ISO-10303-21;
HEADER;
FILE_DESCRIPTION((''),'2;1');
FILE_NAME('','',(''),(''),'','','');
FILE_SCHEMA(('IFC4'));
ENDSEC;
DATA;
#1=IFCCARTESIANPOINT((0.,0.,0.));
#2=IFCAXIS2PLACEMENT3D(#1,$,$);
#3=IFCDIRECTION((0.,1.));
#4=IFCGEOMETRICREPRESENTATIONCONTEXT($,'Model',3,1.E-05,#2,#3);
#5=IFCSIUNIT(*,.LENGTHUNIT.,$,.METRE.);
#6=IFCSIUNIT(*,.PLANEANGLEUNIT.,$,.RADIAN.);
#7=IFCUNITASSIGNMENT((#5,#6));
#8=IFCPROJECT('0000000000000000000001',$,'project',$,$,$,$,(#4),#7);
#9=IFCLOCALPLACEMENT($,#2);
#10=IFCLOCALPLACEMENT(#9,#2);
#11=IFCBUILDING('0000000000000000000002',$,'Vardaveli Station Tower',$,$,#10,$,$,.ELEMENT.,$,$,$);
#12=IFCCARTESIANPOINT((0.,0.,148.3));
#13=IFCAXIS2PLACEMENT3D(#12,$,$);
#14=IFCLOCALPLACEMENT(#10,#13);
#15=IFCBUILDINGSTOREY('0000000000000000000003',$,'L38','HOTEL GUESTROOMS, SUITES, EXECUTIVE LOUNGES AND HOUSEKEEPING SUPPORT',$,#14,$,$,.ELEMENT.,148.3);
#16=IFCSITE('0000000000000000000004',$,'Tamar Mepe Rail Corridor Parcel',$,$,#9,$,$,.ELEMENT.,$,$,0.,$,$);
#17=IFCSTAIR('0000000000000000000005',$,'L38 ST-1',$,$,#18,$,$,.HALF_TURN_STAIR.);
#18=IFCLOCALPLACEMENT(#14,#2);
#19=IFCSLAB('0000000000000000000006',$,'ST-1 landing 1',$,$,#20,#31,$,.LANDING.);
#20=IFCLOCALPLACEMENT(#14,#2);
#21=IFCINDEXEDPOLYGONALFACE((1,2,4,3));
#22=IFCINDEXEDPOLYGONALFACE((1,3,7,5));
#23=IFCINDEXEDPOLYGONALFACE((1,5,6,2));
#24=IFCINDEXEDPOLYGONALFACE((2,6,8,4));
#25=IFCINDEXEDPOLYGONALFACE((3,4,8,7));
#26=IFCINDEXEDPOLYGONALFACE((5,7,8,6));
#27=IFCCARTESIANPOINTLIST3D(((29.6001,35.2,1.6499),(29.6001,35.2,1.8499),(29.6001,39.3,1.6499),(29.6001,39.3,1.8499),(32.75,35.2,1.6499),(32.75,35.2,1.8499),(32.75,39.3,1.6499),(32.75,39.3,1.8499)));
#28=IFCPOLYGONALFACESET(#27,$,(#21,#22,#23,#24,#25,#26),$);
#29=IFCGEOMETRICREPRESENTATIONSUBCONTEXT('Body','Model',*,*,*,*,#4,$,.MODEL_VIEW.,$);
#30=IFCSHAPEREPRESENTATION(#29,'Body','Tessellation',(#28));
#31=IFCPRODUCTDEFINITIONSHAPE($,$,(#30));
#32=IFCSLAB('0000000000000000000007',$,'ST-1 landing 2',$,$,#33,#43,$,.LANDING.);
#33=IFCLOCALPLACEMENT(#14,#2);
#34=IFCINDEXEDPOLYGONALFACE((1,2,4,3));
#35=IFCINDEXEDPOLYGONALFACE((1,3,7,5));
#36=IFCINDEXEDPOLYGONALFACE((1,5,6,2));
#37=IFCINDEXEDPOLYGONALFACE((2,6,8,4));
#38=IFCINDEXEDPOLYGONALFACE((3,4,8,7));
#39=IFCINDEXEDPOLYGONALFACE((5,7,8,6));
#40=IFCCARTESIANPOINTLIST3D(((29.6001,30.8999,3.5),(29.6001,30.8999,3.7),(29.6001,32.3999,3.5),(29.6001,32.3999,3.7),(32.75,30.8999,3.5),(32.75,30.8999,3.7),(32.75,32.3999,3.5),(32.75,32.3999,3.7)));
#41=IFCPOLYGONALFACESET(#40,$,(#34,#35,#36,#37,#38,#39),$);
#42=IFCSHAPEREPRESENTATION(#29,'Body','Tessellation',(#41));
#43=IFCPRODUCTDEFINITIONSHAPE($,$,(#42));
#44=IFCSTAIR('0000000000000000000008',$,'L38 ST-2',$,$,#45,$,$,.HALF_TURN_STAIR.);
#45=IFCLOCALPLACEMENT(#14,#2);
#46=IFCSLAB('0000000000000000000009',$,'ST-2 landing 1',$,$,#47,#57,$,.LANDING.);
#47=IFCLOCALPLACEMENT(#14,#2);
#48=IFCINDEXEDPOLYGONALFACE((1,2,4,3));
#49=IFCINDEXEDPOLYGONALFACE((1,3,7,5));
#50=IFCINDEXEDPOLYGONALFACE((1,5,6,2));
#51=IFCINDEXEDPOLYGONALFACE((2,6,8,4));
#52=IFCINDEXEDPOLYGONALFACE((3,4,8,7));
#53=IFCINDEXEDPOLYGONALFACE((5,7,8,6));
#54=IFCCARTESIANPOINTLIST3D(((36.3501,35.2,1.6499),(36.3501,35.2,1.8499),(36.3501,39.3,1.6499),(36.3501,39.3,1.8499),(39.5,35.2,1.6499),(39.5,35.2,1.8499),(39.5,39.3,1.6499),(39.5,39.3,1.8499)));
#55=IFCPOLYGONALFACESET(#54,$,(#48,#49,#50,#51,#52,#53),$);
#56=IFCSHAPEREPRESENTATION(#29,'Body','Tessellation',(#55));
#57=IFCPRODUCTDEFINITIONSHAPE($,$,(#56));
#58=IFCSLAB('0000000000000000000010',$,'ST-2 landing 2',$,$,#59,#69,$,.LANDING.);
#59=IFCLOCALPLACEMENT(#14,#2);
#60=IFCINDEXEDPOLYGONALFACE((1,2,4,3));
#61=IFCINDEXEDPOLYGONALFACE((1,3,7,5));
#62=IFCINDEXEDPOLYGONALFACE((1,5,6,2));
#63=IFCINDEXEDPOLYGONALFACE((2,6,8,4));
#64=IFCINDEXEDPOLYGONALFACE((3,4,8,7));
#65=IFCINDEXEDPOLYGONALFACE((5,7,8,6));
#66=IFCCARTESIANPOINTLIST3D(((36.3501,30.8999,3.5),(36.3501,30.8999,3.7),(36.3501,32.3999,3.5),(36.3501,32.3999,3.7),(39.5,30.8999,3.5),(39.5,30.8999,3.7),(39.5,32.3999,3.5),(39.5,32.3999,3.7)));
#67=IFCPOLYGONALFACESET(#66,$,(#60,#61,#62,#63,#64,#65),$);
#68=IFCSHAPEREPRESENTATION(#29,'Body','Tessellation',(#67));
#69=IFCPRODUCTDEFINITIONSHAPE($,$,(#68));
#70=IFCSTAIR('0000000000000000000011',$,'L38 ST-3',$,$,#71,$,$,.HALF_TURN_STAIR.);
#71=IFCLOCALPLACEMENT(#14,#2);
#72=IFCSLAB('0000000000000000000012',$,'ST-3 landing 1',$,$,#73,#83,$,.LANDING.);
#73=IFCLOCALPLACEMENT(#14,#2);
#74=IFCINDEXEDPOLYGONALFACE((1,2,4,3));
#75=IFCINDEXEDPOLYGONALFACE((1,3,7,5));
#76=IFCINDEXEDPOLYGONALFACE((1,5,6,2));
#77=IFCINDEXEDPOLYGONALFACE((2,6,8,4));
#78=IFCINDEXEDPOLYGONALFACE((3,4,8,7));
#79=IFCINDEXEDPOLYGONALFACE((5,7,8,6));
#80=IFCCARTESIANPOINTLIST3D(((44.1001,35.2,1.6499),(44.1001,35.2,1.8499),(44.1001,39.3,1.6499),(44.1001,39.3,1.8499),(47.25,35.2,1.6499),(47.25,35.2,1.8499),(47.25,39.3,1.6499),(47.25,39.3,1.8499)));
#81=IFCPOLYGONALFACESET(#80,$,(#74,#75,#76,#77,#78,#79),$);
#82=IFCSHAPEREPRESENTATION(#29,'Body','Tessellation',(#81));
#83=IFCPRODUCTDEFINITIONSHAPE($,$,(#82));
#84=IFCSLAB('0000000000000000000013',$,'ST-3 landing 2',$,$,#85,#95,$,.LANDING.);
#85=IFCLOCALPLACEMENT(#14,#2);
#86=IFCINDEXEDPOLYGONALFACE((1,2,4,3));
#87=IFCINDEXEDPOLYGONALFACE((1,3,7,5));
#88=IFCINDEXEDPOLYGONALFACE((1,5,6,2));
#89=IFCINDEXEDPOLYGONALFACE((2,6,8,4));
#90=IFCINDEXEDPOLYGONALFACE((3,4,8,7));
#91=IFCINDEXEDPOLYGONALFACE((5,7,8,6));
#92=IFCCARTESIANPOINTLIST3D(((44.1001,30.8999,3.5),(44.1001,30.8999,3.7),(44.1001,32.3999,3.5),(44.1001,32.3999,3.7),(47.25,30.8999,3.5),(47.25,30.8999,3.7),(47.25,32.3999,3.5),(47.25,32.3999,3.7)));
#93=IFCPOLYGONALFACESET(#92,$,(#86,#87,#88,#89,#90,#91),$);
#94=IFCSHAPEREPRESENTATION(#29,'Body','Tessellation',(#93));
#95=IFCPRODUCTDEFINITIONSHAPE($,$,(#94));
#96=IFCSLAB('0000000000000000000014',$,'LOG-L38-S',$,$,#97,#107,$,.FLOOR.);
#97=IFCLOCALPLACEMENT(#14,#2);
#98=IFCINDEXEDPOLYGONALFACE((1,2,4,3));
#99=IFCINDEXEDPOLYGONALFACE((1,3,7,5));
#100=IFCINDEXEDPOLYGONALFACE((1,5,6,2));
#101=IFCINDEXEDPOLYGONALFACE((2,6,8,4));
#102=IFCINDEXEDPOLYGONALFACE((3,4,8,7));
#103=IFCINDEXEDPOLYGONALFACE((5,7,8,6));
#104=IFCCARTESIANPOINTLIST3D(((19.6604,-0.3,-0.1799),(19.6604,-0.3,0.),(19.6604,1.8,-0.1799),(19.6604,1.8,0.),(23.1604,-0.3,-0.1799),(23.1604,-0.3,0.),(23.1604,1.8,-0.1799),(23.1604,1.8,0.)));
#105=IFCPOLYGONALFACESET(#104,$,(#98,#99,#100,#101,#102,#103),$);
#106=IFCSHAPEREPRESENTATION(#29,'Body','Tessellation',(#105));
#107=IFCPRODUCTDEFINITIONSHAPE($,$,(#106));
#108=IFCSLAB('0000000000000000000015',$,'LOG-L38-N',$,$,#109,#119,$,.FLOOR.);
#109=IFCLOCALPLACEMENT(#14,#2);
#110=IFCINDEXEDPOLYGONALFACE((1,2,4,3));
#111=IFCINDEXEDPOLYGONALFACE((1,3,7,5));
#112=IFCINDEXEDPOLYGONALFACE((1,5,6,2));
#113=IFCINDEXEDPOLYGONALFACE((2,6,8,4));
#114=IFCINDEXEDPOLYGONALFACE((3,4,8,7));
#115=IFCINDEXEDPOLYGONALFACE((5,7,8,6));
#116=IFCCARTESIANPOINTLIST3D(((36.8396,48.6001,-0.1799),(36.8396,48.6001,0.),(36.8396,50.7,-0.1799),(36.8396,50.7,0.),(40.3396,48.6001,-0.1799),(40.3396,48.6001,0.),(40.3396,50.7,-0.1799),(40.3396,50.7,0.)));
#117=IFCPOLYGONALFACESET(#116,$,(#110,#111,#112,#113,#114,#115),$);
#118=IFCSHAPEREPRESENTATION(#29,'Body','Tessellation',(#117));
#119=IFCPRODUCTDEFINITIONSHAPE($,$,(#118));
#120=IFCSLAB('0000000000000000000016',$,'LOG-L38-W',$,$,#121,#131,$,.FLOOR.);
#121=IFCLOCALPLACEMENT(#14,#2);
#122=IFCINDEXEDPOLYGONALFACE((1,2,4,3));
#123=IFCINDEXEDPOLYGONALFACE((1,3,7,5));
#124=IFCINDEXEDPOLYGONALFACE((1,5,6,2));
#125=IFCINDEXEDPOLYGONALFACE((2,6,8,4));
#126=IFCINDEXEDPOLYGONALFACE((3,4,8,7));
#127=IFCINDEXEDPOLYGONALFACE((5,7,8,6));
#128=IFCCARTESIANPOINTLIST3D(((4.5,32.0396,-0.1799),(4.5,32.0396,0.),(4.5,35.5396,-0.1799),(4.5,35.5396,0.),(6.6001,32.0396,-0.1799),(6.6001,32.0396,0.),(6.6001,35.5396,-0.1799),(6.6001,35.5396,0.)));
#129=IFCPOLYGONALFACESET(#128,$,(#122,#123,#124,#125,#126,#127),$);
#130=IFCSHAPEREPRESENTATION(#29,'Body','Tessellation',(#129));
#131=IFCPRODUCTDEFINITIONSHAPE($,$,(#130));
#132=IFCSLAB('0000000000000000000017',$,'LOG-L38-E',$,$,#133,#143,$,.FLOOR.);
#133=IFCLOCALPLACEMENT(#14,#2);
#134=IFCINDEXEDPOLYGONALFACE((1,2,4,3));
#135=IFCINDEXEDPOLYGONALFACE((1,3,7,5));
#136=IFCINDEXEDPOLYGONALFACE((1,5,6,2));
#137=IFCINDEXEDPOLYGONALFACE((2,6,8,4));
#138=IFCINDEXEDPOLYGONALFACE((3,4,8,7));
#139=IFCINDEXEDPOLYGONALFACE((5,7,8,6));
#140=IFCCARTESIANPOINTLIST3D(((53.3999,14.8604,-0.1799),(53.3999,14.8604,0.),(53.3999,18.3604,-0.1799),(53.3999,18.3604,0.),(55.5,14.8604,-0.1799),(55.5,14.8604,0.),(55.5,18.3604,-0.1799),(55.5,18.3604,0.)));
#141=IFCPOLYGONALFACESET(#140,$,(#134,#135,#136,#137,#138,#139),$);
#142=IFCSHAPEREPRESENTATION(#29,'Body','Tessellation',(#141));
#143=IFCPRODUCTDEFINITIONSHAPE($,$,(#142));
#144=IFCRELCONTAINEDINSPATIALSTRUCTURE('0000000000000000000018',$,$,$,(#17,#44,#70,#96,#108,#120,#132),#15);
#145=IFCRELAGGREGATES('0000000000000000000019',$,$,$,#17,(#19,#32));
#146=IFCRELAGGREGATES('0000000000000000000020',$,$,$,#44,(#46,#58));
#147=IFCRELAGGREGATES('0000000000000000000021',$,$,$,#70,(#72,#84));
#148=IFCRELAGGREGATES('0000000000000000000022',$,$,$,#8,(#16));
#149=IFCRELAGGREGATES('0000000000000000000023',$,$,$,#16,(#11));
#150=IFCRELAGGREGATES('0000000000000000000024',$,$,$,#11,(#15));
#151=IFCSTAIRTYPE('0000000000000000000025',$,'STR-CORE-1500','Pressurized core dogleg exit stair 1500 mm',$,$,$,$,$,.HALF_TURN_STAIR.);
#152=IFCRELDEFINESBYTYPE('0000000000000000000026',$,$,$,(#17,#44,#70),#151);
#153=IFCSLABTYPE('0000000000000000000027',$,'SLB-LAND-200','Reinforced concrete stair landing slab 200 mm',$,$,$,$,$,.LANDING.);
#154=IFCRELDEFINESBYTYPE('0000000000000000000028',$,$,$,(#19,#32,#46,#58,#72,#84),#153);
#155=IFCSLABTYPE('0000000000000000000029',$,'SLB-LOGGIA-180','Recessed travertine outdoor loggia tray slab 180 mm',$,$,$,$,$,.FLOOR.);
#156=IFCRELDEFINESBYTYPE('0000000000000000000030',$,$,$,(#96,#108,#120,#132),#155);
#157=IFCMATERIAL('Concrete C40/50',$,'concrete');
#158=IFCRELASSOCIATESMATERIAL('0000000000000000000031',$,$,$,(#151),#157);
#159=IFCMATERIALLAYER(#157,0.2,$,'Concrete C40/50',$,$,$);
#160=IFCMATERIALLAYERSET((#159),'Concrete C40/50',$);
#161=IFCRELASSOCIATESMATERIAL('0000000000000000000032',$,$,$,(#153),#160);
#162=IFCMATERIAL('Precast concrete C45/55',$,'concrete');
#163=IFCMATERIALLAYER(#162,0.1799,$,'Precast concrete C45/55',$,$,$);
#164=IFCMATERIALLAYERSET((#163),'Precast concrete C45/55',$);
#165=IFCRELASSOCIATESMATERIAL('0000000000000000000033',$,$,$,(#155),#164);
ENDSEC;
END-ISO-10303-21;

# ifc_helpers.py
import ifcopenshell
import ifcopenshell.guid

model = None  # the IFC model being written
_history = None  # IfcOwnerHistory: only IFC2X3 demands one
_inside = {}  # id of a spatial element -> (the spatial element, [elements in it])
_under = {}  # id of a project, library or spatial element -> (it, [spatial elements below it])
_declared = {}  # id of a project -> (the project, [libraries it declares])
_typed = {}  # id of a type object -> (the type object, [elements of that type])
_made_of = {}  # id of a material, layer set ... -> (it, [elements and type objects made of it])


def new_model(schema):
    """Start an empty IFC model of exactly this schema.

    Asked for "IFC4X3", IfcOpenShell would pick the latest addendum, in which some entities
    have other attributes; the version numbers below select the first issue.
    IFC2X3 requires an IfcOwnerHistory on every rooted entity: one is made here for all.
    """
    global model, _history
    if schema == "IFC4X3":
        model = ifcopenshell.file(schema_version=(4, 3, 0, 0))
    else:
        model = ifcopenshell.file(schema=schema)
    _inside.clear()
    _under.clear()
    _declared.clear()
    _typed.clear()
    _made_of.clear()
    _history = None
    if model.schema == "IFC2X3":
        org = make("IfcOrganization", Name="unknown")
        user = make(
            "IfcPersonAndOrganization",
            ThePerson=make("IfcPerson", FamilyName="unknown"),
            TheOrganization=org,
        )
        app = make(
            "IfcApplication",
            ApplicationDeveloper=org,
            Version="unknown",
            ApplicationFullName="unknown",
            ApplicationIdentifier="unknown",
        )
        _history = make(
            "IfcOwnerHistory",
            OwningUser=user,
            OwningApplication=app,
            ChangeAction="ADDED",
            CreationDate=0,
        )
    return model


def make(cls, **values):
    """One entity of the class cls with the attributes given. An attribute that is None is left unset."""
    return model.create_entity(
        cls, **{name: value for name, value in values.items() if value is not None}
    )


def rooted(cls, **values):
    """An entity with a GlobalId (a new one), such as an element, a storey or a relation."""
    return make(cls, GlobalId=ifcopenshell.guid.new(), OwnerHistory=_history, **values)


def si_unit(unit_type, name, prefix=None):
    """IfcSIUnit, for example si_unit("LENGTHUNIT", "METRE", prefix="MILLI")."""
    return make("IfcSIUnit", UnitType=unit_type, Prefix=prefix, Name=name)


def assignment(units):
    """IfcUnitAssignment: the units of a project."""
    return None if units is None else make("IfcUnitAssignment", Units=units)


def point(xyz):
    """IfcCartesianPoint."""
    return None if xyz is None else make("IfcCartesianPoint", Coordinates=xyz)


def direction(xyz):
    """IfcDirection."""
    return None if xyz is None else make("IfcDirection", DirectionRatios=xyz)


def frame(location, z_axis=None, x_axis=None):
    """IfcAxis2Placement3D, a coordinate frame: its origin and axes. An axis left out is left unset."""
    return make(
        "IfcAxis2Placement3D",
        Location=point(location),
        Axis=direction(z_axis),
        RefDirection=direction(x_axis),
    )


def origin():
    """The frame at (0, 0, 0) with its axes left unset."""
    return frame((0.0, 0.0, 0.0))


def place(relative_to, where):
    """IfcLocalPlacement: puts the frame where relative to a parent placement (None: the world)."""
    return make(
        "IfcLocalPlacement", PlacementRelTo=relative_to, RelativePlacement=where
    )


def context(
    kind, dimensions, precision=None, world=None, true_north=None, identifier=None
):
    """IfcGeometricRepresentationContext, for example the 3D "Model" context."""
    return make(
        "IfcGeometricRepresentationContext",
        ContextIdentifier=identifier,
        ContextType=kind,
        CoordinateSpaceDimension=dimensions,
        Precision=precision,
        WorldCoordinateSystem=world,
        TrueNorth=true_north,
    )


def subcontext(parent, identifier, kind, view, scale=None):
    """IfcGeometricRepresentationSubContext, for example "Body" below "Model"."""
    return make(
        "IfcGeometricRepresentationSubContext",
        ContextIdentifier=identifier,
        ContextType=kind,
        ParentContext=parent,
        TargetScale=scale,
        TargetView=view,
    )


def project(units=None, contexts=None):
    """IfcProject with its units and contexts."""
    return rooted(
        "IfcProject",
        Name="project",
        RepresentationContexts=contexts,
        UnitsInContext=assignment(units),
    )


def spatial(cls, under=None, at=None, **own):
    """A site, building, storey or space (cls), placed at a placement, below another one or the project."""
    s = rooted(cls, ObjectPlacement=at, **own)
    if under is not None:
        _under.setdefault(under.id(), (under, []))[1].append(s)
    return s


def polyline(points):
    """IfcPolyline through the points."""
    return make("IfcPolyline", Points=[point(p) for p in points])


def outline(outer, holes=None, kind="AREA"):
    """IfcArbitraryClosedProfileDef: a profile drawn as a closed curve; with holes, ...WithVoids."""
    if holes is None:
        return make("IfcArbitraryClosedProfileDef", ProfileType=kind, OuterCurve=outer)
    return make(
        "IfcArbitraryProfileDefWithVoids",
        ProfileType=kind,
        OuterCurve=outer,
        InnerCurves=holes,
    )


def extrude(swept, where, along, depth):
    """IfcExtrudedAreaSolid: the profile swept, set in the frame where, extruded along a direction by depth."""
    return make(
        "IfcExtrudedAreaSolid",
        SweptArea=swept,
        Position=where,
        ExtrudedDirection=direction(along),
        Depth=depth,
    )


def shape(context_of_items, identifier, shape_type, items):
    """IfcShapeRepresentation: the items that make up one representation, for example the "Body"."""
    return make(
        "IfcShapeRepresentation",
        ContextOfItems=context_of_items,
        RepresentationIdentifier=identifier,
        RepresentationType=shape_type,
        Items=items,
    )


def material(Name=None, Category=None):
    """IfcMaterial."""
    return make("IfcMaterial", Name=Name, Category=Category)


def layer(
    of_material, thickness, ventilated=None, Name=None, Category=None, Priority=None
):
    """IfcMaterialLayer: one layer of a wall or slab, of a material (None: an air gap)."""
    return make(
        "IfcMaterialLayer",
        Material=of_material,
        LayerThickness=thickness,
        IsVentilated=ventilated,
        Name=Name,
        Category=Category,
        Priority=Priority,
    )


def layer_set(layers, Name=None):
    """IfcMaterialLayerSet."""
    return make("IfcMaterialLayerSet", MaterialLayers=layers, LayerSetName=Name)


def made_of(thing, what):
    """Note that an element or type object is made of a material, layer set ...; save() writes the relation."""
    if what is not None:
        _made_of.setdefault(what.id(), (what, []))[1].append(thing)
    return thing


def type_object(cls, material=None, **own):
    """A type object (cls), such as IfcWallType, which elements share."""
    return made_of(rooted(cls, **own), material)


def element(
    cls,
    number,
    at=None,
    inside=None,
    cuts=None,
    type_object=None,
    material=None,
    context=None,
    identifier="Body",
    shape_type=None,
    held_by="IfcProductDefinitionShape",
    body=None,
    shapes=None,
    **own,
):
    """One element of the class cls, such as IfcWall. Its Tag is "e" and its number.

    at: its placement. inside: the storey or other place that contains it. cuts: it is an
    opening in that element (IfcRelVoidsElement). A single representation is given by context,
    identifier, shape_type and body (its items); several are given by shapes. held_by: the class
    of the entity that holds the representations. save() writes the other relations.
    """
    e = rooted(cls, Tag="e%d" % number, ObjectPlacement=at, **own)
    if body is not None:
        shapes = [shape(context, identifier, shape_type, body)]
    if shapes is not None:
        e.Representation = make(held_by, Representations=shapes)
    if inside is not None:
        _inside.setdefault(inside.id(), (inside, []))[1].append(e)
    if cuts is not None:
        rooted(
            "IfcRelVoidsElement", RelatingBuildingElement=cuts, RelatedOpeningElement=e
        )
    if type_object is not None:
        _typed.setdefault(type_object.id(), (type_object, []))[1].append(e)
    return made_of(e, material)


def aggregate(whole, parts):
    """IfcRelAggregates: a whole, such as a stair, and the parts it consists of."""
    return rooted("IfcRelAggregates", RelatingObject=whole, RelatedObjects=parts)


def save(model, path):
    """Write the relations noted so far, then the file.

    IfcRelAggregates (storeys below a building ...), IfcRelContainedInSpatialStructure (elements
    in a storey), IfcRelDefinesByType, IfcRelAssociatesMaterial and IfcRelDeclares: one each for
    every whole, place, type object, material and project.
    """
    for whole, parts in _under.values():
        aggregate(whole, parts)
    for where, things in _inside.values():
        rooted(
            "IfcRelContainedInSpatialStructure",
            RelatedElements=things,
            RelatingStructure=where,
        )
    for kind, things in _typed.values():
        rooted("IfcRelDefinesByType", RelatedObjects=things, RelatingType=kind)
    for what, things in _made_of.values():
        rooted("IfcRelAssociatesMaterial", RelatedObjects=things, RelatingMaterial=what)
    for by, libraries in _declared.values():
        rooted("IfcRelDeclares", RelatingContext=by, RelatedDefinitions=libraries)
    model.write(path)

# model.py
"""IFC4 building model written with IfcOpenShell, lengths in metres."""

from ifc_helpers import new_model, si_unit, direction, frame, origin, place, context, subcontext, project, spatial, polyline, outline, extrude, material, layer, layer_set, type_object, element, aggregate, save


model = new_model("IFC4")

# Units and contexts
model_context = context("Model", 3, precision=1e-05, world=origin(), true_north=direction((0.0, 1.0)))
body_context = subcontext(model_context, "Body", "Model", "MODEL_VIEW")
ifc_project = project(units=[si_unit("LENGTHUNIT", "METRE"), si_unit("PLANEANGLEUNIT", "RADIAN")], contexts=[model_context])

# Site, building, storey
site_placement = place(None, origin())
site = spatial("IfcSite", under=ifc_project, at=site_placement, Name="Tamar Mepe Rail Corridor Parcel", CompositionType="ELEMENT", RefElevation=0.0)
building_placement = place(site_placement, origin())
building = spatial("IfcBuilding", under=site, at=building_placement, Name="Vardaveli Station Tower", CompositionType="ELEMENT")
storey_placement = place(building_placement, frame((0.0, 0.0, 148.3)))
storey = spatial("IfcBuildingStorey", under=building, at=storey_placement, Name="L38", Description="HOTEL GUESTROOMS, SUITES, EXECUTIVE LOUNGES AND HOUSEKEEPING SUPPORT", CompositionType="ELEMENT", Elevation=148.3)

# Stairs, slabs
ifc_material_1 = material(Name="Concrete C40/50", Category="concrete")
stair_type = type_object("IfcStairType", Name="STR-CORE-1500", Description="Pressurized core dogleg exit stair 1500 mm", PredefinedType="HALF_TURN_STAIR", material=ifc_material_1)
stair_1_placement = place(storey_placement, origin())
stair_1 = element("IfcStair", 1, at=stair_1_placement, inside=storey, type_object=stair_type, Name="L38 ST-1", PredefinedType="HALF_TURN_STAIR")
ifc_layer_1 = layer(ifc_material_1, 0.2, Name="Concrete C40/50")
ifc_layer_set_1 = layer_set([ifc_layer_1], Name="Concrete C40/50")
slab_type_1 = type_object("IfcSlabType", Name="SLB-LAND-200", Description="Reinforced concrete stair landing slab 200 mm", PredefinedType="LANDING", material=ifc_layer_set_1)
slab_1_placement = place(storey_placement, frame((0.0, 0.0, 1.6499)))
slab_1 = element("IfcSlab", 2, at=slab_1_placement, type_object=slab_type_1, Name="ST-1 landing 1", PredefinedType="LANDING", context=body_context, shape_type="SweptSolid", body=[
    extrude(outline(polyline([(32.75, 35.2), (32.75, 39.3), (29.6001, 39.3), (29.6001, 35.2), (32.75, 35.2)])), origin(), (0.0, 0.0, 1.0), 0.2),
])
slab_2_placement = place(storey_placement, frame((0.0, 0.0, 3.5)))
slab_2 = element("IfcSlab", 3, at=slab_2_placement, type_object=slab_type_1, Name="ST-1 landing 2", PredefinedType="LANDING", context=body_context, shape_type="SweptSolid", body=[
    extrude(outline(polyline([(32.75, 30.8999), (32.75, 32.3999), (29.6001, 32.3999), (29.6001, 30.8999), (32.75, 30.8999)])), origin(), (0.0, 0.0, 1.0), 0.2),
])
aggregate(stair_1, [slab_1, slab_2])
stair_2_placement = place(storey_placement, origin())
stair_2 = element("IfcStair", 4, at=stair_2_placement, inside=storey, type_object=stair_type, Name="L38 ST-2", PredefinedType="HALF_TURN_STAIR")
slab_3_placement = place(storey_placement, frame((0.0, 0.0, 1.6499)))
slab_3 = element("IfcSlab", 5, at=slab_3_placement, type_object=slab_type_1, Name="ST-2 landing 1", PredefinedType="LANDING", context=body_context, shape_type="SweptSolid", body=[
    extrude(outline(polyline([(39.5, 35.2), (39.5, 39.3), (36.3501, 39.3), (36.3501, 35.2), (39.5, 35.2)])), origin(), (0.0, 0.0, 1.0), 0.2),
])
slab_4_placement = place(storey_placement, frame((0.0, 0.0, 3.5)))
slab_4 = element("IfcSlab", 6, at=slab_4_placement, type_object=slab_type_1, Name="ST-2 landing 2", PredefinedType="LANDING", context=body_context, shape_type="SweptSolid", body=[
    extrude(outline(polyline([(39.5, 30.8999), (39.5, 32.3999), (36.3501, 32.3999), (36.3501, 30.8999), (39.5, 30.8999)])), origin(), (0.0, 0.0, 1.0), 0.2),
])
aggregate(stair_2, [slab_3, slab_4])
stair_3_placement = place(storey_placement, origin())
stair_3 = element("IfcStair", 7, at=stair_3_placement, inside=storey, type_object=stair_type, Name="L38 ST-3", PredefinedType="HALF_TURN_STAIR")
slab_5_placement = place(storey_placement, frame((0.0, 0.0, 1.6499)))
slab_5 = element("IfcSlab", 8, at=slab_5_placement, type_object=slab_type_1, Name="ST-3 landing 1", PredefinedType="LANDING", context=body_context, shape_type="SweptSolid", body=[
    extrude(outline(polyline([(47.25, 35.2), (47.25, 39.3), (44.1001, 39.3), (44.1001, 35.2), (47.25, 35.2)])), origin(), (0.0, 0.0, 1.0), 0.2),
])
slab_6_placement = place(storey_placement, frame((0.0, 0.0, 3.5)))
slab_6 = element("IfcSlab", 9, at=slab_6_placement, type_object=slab_type_1, Name="ST-3 landing 2", PredefinedType="LANDING", context=body_context, shape_type="SweptSolid", body=[
    extrude(outline(polyline([(47.25, 30.8999), (47.25, 32.3999), (44.1001, 32.3999), (44.1001, 30.8999), (47.25, 30.8999)])), origin(), (0.0, 0.0, 1.0), 0.2),
])
aggregate(stair_3, [slab_5, slab_6])

# Slabs
ifc_material_2 = material(Name="Precast concrete C45/55", Category="concrete")
ifc_layer_2 = layer(ifc_material_2, 0.1799, Name="Precast concrete C45/55")
ifc_layer_set_2 = layer_set([ifc_layer_2], Name="Precast concrete C45/55")
slab_type_2 = type_object("IfcSlabType", Name="SLB-LOGGIA-180", Description="Recessed travertine outdoor loggia tray slab 180 mm", PredefinedType="FLOOR", material=ifc_layer_set_2)
slab_7_placement = place(storey_placement, frame((0.0, 0.0, -0.1799)))
element("IfcSlab", 10, at=slab_7_placement, inside=storey, type_object=slab_type_2, Name="LOG-L38-S", PredefinedType="FLOOR", context=body_context, shape_type="SweptSolid", body=[
    extrude(outline(polyline([(19.6604, -0.3), (23.1604, -0.3), (23.1604, 1.8), (19.6604, 1.8), (19.6604, -0.3)])), origin(), (0.0, 0.0, 1.0), 0.1799),
])
slab_8_placement = place(storey_placement, frame((0.0, 0.0, -0.1799)))
element("IfcSlab", 11, at=slab_8_placement, inside=storey, type_object=slab_type_2, Name="LOG-L38-N", PredefinedType="FLOOR", context=body_context, shape_type="SweptSolid", body=[
    extrude(outline(polyline([(36.8396, 48.6001), (40.3396, 48.6001), (40.3396, 50.7), (36.8396, 50.7), (36.8396, 48.6001)])), origin(), (0.0, 0.0, 1.0), 0.1799),
])
slab_9_placement = place(storey_placement, frame((0.0, 0.0, -0.1799)))
element("IfcSlab", 12, at=slab_9_placement, inside=storey, type_object=slab_type_2, Name="LOG-L38-W", PredefinedType="FLOOR", context=body_context, shape_type="SweptSolid", body=[
    extrude(outline(polyline([(4.5, 32.0396), (6.6001, 32.0396), (6.6001, 35.5396), (4.5, 35.5396), (4.5, 32.0396)])), origin(), (0.0, 0.0, 1.0), 0.1799),
])
slab_10_placement = place(storey_placement, frame((0.0, 0.0, -0.1799)))
element("IfcSlab", 13, at=slab_10_placement, inside=storey, type_object=slab_type_2, Name="LOG-L38-E", PredefinedType="FLOOR", context=body_context, shape_type="SweptSolid", body=[
    extrude(outline(polyline([(53.3999, 14.8604), (55.5, 14.8604), (55.5, 18.3604), (53.3999, 18.3604), (53.3999, 14.8604)])), origin(), (0.0, 0.0, 1.0), 0.1799),
])

save(model, "model.ifc")
